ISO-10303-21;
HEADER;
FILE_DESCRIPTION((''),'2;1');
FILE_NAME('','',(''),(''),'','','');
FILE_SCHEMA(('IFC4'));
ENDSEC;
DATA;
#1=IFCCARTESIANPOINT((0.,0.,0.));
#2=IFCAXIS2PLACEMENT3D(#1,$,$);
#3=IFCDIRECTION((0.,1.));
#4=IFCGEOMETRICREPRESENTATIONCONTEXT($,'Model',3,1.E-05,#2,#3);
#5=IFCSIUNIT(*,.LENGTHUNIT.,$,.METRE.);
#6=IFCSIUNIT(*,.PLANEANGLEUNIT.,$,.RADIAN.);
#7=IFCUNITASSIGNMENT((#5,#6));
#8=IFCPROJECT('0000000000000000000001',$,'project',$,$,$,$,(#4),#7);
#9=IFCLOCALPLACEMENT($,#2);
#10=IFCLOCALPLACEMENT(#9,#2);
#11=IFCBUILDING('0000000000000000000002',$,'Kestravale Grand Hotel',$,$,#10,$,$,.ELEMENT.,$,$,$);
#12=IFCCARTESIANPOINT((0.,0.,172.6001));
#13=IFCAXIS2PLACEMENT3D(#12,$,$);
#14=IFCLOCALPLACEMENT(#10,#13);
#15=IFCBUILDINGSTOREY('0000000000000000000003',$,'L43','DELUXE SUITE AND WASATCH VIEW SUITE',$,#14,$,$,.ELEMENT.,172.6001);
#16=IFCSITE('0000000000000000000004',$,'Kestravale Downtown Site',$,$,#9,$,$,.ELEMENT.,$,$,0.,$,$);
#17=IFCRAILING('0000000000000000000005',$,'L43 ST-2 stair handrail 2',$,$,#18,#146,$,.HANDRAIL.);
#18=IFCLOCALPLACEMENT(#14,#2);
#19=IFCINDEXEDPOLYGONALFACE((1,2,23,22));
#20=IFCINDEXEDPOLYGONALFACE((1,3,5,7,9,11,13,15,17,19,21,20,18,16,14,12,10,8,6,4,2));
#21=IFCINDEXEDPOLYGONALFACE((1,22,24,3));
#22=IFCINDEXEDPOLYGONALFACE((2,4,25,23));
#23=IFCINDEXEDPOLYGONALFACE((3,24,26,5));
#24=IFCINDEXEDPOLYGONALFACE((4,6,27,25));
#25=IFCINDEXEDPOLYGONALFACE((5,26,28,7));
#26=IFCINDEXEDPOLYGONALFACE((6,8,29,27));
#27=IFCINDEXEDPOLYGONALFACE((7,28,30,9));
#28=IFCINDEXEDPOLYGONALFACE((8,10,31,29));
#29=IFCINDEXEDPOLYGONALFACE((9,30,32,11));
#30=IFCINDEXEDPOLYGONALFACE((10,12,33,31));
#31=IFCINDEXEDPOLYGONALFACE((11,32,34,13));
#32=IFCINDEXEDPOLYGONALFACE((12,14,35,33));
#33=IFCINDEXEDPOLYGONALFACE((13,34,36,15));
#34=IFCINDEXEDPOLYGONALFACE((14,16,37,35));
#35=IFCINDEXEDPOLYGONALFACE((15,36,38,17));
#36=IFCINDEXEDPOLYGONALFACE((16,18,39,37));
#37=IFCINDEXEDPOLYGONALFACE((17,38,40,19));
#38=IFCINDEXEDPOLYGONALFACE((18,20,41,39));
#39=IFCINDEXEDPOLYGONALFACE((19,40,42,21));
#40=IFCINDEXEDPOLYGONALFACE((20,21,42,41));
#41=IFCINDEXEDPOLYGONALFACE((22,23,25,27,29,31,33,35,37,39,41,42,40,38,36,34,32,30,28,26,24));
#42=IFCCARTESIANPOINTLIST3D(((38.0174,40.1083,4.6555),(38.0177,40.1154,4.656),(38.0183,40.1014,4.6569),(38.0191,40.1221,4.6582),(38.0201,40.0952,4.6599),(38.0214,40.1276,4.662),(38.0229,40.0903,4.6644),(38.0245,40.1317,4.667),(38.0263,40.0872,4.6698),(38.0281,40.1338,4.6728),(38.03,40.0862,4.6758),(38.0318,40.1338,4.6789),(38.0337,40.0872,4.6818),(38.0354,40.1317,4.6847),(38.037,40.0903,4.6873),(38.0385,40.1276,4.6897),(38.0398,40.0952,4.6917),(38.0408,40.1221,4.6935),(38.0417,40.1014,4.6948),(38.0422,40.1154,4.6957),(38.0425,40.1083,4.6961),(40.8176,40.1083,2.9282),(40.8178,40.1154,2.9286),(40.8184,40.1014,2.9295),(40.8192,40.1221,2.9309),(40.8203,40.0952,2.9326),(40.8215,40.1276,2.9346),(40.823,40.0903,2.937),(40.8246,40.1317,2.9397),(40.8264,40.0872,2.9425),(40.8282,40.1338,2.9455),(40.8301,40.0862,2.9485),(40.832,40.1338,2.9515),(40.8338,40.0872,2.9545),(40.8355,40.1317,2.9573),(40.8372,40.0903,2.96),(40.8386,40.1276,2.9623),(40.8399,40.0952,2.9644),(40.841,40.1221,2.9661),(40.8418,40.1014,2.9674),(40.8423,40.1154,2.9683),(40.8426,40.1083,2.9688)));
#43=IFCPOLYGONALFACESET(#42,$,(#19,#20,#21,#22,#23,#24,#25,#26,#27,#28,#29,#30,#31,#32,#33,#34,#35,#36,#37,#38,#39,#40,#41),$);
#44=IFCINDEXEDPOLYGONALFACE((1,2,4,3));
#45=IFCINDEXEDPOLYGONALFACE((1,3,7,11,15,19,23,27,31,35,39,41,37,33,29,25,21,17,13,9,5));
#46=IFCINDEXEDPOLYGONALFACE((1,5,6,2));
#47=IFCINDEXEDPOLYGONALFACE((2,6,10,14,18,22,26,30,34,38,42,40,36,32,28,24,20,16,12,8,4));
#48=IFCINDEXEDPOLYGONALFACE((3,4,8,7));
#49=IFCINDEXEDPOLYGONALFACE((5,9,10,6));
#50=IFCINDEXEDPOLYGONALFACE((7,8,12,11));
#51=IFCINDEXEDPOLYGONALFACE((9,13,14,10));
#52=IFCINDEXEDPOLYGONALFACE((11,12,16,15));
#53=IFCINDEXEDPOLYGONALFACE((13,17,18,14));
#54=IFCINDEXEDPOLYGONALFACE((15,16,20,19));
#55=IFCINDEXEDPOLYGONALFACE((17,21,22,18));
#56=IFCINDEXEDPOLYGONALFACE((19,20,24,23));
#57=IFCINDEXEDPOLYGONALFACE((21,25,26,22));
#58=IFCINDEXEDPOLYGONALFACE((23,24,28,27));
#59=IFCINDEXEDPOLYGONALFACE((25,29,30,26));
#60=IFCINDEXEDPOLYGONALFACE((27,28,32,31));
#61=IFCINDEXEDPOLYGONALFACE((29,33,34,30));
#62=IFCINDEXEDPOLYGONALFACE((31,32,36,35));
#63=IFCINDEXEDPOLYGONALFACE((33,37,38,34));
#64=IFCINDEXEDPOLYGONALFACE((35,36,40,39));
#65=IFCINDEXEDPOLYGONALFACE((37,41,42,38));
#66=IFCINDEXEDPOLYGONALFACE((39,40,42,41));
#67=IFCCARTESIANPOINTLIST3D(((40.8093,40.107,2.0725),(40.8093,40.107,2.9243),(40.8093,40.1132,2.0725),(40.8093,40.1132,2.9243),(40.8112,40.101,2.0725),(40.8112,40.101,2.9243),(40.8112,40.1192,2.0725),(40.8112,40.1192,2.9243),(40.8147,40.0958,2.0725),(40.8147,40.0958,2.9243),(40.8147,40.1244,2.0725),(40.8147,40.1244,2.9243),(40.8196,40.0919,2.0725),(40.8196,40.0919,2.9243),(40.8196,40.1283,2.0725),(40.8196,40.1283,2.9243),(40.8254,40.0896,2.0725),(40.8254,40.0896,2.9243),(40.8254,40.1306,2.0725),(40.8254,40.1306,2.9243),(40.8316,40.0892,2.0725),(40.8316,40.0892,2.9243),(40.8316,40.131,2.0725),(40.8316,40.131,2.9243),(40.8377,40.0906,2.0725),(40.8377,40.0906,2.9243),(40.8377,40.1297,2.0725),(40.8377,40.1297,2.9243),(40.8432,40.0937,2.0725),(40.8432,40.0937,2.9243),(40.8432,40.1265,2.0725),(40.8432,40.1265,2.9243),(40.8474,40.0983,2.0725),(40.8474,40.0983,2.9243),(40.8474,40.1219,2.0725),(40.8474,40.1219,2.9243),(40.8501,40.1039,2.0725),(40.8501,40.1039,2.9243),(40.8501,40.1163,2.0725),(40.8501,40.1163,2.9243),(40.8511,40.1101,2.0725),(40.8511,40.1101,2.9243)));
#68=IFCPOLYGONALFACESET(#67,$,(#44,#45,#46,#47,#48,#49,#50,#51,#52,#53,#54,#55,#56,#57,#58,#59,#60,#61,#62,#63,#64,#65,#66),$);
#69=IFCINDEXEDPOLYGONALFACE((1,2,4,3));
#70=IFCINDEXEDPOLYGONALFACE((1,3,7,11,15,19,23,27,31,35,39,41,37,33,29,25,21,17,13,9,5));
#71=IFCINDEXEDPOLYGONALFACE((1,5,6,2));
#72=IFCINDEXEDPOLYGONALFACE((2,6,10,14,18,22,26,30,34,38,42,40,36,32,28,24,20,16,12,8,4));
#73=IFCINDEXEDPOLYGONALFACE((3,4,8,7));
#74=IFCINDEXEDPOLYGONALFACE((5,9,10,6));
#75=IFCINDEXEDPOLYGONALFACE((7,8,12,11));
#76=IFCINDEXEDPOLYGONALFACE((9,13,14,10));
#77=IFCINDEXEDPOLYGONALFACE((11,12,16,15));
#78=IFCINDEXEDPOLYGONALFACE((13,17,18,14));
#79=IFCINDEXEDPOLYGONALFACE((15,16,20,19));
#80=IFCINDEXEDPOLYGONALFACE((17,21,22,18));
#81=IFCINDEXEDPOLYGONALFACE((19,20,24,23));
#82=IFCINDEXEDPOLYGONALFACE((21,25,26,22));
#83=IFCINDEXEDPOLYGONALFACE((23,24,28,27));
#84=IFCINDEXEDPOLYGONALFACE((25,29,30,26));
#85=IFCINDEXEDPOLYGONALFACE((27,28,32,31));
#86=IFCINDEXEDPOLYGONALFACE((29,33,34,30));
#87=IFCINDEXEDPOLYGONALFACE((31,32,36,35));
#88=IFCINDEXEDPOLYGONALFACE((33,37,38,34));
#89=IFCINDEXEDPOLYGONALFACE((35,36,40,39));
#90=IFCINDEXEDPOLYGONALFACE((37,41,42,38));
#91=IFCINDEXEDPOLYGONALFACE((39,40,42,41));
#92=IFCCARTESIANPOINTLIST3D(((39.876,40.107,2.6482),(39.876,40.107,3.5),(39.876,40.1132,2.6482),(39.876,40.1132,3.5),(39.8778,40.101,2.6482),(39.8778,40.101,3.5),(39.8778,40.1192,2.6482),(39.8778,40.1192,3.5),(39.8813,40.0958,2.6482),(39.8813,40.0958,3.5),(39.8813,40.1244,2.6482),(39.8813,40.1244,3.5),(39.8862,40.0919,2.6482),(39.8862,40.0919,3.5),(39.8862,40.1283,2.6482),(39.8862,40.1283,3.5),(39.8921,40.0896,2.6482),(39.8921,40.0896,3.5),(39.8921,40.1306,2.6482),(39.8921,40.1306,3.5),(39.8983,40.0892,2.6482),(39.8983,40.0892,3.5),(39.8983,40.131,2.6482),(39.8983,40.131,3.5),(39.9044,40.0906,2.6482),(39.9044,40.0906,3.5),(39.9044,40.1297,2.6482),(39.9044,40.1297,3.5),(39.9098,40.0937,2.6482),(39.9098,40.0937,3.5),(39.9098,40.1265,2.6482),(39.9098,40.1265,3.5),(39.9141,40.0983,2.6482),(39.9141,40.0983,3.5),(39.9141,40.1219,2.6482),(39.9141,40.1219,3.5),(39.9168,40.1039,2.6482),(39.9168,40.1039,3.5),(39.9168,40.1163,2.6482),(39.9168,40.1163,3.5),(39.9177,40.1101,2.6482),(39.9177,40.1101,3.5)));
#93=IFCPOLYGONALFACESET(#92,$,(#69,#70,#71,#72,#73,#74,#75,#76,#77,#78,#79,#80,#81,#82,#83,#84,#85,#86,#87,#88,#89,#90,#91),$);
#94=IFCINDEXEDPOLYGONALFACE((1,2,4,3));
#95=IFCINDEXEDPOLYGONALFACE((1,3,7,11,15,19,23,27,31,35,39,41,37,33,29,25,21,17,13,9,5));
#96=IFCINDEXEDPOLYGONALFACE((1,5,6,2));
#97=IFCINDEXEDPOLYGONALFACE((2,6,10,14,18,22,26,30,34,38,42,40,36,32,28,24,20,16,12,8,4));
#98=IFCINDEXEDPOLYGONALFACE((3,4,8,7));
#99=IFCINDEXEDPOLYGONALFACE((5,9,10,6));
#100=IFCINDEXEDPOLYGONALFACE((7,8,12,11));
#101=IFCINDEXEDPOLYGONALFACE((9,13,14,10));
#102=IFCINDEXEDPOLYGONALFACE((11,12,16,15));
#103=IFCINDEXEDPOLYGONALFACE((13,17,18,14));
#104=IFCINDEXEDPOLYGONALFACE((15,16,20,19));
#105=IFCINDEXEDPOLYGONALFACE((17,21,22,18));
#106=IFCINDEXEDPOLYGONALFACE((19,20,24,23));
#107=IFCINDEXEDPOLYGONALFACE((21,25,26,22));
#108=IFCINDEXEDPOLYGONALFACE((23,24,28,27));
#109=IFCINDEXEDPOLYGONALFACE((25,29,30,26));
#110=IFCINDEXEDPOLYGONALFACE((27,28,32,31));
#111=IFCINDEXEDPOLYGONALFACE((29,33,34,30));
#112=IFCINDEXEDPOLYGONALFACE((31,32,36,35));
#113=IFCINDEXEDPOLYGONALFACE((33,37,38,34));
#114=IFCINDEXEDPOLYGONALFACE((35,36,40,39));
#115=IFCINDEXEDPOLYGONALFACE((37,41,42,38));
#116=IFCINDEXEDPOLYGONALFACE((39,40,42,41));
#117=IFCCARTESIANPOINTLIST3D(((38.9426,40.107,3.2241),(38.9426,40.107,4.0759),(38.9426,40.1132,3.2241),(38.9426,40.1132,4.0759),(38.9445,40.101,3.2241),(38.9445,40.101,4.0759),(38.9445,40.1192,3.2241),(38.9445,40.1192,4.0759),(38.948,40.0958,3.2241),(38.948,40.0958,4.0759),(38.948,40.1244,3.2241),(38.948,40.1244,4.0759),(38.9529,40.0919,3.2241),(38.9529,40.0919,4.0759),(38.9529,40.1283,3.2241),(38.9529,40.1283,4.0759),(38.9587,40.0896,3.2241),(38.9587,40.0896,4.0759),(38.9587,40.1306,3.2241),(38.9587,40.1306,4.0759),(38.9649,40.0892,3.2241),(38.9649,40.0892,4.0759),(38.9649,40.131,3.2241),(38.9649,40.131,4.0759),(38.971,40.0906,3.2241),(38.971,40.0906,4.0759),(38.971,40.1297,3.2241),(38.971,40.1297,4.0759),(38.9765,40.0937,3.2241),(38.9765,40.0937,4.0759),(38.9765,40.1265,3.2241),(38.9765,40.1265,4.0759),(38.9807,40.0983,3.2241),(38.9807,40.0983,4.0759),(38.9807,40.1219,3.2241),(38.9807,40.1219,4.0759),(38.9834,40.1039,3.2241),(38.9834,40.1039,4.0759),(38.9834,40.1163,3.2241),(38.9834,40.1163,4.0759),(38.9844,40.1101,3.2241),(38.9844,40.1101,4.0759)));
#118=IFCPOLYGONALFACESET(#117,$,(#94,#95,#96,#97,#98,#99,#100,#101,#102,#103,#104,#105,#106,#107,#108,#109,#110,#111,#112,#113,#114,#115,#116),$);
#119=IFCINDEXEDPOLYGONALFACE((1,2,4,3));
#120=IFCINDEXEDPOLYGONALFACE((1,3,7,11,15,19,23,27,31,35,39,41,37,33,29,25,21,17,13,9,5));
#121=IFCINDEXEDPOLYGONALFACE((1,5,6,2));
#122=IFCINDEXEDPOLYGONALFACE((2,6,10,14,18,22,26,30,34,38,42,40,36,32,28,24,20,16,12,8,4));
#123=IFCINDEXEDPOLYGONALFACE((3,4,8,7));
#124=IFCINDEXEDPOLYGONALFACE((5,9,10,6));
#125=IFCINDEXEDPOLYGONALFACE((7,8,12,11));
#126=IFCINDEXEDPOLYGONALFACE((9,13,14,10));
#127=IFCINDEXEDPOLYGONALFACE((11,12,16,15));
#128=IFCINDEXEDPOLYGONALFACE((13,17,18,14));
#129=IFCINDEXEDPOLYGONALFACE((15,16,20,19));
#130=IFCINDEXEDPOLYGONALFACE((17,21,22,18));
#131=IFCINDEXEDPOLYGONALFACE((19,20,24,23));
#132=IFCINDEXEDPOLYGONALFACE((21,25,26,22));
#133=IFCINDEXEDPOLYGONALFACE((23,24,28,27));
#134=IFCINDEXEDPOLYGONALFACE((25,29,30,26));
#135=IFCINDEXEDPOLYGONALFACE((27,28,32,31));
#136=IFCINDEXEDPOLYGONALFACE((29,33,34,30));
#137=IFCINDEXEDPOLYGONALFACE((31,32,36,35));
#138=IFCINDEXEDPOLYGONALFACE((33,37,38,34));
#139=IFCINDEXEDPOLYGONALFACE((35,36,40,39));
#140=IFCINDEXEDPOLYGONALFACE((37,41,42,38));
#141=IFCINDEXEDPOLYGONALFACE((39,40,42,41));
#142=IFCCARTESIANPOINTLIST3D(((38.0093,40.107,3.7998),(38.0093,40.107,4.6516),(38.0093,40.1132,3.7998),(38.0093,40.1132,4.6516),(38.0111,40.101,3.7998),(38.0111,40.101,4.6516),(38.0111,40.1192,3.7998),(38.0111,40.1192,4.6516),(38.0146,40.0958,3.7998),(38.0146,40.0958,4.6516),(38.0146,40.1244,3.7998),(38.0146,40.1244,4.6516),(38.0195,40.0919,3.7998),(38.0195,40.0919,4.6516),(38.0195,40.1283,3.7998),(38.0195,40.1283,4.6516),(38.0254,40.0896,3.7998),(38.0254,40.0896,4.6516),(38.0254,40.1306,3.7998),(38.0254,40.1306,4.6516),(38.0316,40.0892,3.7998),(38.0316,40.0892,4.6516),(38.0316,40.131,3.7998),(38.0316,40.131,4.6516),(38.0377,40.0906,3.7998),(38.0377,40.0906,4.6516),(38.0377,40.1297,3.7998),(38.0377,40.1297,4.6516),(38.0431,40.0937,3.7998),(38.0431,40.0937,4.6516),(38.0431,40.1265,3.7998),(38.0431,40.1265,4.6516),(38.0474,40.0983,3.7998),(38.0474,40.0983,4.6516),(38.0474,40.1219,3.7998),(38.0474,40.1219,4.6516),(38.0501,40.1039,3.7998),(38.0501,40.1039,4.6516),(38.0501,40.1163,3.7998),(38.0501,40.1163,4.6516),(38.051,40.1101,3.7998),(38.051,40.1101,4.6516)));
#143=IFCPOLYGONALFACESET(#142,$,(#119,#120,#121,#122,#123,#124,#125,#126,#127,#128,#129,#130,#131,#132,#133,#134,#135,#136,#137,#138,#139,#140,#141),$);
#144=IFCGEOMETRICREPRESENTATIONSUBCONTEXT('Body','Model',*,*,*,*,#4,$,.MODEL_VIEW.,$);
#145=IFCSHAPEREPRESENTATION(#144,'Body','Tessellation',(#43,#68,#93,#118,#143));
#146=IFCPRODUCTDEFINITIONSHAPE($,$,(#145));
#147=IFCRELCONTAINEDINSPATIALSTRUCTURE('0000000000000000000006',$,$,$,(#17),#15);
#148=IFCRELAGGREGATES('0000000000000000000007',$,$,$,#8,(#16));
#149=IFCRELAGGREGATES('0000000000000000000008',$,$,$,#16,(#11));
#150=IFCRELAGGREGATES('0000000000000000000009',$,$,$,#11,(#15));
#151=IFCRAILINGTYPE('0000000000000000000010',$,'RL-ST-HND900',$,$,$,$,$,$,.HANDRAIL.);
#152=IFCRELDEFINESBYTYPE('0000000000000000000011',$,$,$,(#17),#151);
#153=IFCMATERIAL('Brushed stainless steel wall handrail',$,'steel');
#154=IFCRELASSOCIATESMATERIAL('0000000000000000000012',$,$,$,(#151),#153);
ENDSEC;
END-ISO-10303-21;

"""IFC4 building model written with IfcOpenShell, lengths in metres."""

from ifc_helpers import new_model, si_unit, direction, frame, origin, origin_2d, place, context, subcontext, project, spatial, circle, extrude, material, type_object, element, save


model = new_model("IFC4")

# Units and contexts
model_context = context("Model", 3, precision=1e-05, world=origin(), true_north=direction((0.0, 1.0)))
body_context = subcontext(model_context, "Body", "Model", "MODEL_VIEW")
ifc_project = project(units=[si_unit("LENGTHUNIT", "METRE"), si_unit("PLANEANGLEUNIT", "RADIAN")], contexts=[model_context])

# Site, building, storey
site_placement = place(None, origin())
site = spatial("IfcSite", under=ifc_project, at=site_placement, Name="Kestravale Downtown Site", CompositionType="ELEMENT", RefElevation=0.0)
building_placement = place(site_placement, origin())
building = spatial("IfcBuilding", under=site, at=building_placement, Name="Kestravale Grand Hotel", CompositionType="ELEMENT")
storey_placement = place(building_placement, frame((0.0, 0.0, 172.6001)))
storey = spatial("IfcBuildingStorey", under=building, at=storey_placement, Name="L43", Description="DELUXE SUITE AND WASATCH VIEW SUITE", CompositionType="ELEMENT", Elevation=172.6001)

# Railing
ifc_material_1 = material(Name="Brushed stainless steel wall handrail", Category="steel")
railing_type_1 = type_object("IfcRailingType", Name="RL-ST-HND900", PredefinedType="HANDRAIL", material=ifc_material_1)
railing_1_placement = place(storey_placement, frame((40.8301, 40.1101, 2.0725)))
element("IfcRailing", 1, at=railing_1_placement, inside=storey, type_object=railing_type_1, Name="L43 ST-2 stair handrail 2", PredefinedType="HANDRAIL", context=body_context, shape_type="SweptSolid", body=[
    extrude(circle(Radius=0.0239, at=origin_2d()), frame((0.0, 0.0, 0.876), z_axis=(-0.85109, 0.0, 0.52502), x_axis=(0.0, -1.0, 0.0)), (0.0, 0.0, 1.0), 3.29),
    extrude(circle(Radius=0.021, at=origin_2d()), origin(), (0.0, 0.0, 1.0), 0.8518),
    extrude(circle(Radius=0.021, at=origin_2d()), frame((-0.9333, 0.0, 0.5757)), (0.0, 0.0, 1.0), 0.8518),
    extrude(circle(Radius=0.021, at=origin_2d()), frame((-1.8667, 0.0, 1.1516)), (0.0, 0.0, 1.0), 0.8518),
    extrude(circle(Radius=0.021, at=origin_2d()), frame((-2.8, 0.0, 1.7273)), (0.0, 0.0, 1.0), 0.8518),
])

save(model, "model.ifc")
